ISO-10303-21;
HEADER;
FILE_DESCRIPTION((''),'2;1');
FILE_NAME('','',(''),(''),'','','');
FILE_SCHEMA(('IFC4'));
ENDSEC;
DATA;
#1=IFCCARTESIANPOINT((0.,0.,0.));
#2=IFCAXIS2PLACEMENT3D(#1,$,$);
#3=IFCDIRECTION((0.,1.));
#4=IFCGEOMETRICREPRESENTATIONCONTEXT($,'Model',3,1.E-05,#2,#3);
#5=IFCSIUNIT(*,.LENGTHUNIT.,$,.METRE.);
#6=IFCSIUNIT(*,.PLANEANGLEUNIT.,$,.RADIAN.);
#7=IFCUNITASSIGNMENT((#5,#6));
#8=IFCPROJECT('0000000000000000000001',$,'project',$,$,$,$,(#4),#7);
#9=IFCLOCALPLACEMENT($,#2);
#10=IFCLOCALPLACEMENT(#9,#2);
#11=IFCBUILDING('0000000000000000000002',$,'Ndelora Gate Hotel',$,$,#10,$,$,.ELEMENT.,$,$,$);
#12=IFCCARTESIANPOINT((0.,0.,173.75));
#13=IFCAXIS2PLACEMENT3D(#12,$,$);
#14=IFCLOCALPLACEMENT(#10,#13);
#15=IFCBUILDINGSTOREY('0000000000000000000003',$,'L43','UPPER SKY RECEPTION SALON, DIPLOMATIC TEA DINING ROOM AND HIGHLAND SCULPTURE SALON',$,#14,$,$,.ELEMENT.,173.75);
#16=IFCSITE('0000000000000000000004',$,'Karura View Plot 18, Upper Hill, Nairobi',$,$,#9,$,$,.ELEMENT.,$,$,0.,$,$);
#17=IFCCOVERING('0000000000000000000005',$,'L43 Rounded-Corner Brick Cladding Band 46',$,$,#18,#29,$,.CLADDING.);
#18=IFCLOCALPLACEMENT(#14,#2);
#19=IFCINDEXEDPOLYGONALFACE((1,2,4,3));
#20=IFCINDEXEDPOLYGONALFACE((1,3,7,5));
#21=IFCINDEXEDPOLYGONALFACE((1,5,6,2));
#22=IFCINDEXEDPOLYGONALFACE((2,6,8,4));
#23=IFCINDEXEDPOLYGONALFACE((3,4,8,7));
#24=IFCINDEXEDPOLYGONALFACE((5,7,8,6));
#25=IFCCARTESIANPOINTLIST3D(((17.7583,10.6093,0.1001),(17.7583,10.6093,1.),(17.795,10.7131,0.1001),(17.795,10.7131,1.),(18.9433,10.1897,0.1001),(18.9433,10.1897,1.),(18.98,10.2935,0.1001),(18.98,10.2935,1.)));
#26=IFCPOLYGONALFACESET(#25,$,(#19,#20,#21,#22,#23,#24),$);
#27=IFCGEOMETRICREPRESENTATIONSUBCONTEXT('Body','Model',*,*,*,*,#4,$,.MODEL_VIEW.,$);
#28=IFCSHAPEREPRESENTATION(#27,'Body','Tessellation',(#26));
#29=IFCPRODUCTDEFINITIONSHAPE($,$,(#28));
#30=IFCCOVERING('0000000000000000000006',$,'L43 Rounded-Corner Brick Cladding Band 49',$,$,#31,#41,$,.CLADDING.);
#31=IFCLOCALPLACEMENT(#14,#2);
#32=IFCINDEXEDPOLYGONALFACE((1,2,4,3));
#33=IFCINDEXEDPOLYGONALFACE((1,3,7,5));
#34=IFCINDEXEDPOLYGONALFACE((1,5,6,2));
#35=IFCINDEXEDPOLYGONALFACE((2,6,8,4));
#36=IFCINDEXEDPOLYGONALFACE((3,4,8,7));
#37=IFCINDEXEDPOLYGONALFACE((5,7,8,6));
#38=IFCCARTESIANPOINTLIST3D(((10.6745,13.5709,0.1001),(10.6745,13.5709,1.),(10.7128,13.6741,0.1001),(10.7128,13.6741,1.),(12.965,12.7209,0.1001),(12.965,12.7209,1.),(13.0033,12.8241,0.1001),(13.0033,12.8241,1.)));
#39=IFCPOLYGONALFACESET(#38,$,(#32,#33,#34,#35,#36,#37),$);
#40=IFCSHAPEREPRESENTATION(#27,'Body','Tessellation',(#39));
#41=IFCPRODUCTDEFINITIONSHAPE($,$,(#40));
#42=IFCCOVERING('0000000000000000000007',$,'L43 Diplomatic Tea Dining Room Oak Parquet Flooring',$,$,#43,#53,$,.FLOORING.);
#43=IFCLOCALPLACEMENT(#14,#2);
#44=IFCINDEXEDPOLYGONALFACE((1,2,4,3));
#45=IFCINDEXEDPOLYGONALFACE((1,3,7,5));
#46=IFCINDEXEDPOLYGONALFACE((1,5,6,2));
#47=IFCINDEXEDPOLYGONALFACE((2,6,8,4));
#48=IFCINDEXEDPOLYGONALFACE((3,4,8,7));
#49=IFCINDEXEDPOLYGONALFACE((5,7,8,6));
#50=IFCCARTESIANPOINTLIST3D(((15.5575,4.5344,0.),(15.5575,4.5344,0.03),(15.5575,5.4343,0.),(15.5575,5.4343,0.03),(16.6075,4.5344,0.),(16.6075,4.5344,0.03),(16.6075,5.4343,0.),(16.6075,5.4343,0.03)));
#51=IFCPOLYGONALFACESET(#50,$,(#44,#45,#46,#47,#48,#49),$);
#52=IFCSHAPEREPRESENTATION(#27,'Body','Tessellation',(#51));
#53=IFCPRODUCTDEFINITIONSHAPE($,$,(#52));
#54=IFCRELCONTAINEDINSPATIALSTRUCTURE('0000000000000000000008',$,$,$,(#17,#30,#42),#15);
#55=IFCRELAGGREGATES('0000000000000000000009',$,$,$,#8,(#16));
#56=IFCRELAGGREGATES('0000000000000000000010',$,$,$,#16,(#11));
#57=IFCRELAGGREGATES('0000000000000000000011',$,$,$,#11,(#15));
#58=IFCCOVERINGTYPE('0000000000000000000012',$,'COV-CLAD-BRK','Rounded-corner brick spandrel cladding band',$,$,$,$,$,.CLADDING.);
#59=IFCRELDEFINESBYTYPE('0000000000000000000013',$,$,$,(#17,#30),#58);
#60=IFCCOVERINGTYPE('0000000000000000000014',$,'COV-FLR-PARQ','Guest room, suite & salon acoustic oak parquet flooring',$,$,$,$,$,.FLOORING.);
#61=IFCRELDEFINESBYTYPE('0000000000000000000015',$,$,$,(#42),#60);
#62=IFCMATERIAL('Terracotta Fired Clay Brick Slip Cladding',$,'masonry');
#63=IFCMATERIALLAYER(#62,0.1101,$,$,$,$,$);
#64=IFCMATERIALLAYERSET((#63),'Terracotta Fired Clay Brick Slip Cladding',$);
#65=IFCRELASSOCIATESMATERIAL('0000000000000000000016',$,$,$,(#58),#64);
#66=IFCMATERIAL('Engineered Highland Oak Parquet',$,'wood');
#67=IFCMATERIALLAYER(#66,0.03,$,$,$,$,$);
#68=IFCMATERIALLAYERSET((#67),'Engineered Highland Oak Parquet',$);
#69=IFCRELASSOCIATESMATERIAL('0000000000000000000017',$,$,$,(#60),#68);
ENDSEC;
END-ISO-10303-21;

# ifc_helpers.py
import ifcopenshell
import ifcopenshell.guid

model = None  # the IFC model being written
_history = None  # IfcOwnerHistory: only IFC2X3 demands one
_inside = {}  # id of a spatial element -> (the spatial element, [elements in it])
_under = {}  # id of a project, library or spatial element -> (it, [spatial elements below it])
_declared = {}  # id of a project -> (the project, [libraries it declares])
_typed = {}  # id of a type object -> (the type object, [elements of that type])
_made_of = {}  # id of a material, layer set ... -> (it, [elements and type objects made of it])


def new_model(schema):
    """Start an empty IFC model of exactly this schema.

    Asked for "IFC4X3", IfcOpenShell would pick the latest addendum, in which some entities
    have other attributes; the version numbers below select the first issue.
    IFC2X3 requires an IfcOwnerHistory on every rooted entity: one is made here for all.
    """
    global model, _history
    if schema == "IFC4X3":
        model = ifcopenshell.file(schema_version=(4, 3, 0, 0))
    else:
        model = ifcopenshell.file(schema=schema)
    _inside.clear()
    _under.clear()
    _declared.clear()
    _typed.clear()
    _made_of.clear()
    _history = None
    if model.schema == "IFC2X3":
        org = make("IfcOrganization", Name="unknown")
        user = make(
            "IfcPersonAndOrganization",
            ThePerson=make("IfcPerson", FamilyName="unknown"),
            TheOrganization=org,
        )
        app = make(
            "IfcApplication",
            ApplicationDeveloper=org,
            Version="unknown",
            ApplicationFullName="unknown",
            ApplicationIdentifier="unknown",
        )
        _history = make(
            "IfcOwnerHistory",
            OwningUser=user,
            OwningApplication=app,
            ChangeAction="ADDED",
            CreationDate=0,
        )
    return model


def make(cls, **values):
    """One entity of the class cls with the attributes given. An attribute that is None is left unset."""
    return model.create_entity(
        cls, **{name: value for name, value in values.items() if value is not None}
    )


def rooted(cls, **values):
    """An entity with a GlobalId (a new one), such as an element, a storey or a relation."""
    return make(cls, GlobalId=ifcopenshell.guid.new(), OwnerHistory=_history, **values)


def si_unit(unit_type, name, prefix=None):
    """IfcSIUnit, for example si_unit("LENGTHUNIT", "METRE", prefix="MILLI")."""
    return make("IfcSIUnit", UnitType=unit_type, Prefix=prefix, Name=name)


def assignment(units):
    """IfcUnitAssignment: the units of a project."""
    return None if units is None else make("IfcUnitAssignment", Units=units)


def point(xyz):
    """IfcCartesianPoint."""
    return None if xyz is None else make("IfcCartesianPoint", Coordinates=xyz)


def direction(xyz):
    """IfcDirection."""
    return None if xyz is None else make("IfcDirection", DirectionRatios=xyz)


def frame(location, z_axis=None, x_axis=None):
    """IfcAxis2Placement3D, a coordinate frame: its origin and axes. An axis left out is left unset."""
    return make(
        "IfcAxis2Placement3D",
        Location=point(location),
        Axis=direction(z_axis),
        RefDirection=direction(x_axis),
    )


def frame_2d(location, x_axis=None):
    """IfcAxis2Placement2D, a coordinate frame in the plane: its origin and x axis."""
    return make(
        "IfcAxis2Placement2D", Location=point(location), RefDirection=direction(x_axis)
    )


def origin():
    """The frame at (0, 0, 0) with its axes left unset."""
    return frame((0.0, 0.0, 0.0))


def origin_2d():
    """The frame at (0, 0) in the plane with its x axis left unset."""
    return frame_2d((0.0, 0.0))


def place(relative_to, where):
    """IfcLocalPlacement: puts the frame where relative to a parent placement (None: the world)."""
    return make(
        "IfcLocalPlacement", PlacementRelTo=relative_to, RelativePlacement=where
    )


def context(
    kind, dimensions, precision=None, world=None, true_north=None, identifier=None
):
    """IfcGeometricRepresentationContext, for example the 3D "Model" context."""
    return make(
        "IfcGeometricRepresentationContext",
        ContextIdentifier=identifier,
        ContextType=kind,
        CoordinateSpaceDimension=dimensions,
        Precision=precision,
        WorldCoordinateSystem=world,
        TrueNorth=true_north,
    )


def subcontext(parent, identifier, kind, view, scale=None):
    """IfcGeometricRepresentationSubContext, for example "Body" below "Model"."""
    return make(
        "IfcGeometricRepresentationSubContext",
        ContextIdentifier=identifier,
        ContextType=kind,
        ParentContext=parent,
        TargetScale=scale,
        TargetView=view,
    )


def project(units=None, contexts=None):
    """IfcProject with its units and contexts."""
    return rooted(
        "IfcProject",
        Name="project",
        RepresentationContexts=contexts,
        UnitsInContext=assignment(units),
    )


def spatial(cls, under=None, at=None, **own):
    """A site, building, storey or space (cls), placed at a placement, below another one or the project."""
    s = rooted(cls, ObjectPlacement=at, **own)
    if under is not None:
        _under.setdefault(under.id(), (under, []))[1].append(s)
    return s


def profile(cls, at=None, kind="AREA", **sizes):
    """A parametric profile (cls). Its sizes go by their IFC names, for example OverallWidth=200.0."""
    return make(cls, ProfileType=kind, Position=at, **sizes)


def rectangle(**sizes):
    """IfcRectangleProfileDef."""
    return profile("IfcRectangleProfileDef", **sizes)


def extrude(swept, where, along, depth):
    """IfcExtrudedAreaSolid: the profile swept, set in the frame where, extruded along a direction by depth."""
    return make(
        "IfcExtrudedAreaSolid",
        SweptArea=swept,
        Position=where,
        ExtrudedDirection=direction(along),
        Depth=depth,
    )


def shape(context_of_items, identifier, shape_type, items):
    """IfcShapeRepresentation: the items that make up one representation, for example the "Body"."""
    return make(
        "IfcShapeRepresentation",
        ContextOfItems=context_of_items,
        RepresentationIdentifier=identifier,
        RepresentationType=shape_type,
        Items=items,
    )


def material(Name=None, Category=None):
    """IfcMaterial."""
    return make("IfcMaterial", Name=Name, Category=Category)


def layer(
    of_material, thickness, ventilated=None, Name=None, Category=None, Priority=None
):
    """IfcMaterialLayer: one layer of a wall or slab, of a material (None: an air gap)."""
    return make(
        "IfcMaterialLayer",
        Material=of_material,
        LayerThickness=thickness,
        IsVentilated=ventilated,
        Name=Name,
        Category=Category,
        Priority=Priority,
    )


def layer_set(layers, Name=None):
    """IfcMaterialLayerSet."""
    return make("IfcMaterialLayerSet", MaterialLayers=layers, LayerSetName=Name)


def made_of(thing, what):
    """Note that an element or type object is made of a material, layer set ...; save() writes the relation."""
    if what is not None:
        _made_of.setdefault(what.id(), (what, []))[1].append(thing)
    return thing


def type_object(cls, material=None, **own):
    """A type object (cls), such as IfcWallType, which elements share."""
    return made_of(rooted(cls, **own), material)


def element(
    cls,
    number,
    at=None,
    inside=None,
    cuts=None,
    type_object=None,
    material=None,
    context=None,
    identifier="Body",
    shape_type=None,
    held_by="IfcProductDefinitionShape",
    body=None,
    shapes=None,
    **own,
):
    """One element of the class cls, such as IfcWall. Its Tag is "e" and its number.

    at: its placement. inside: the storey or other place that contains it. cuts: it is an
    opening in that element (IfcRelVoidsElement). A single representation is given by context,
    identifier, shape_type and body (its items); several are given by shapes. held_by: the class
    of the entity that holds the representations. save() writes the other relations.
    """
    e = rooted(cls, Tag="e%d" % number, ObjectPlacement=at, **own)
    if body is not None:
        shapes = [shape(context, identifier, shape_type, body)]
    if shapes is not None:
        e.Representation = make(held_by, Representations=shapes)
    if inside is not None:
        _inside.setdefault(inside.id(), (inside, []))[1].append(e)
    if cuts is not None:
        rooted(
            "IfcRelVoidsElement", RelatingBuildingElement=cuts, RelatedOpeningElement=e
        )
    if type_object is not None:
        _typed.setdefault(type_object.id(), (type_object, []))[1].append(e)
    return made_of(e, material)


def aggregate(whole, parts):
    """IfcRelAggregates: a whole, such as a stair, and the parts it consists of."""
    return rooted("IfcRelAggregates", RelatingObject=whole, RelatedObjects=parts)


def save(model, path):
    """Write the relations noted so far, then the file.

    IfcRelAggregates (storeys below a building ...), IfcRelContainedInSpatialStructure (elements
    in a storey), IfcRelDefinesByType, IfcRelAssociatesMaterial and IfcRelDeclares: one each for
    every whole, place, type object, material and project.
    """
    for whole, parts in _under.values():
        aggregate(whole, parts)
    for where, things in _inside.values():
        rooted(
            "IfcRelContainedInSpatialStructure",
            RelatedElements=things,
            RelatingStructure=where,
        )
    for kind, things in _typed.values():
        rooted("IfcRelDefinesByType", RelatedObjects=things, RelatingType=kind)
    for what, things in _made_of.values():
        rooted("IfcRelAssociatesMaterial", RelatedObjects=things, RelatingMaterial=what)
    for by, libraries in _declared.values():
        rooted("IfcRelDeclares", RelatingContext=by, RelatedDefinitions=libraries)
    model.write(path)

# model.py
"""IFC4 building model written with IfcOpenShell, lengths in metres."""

from ifc_helpers import new_model, si_unit, direction, frame, origin, origin_2d, place, context, subcontext, project, spatial, rectangle, extrude, material, layer, layer_set, type_object, element, save


model = new_model("IFC4")

# Units and contexts
model_context = context("Model", 3, precision=1e-05, world=origin(), true_north=direction((0.0, 1.0)))
body_context = subcontext(model_context, "Body", "Model", "MODEL_VIEW")
ifc_project = project(units=[si_unit("LENGTHUNIT", "METRE"), si_unit("PLANEANGLEUNIT", "RADIAN")], contexts=[model_context])

# Site, building, storey
site_placement = place(None, origin())
site = spatial("IfcSite", under=ifc_project, at=site_placement, Name="Karura View Plot 18, Upper Hill, Nairobi", CompositionType="ELEMENT", RefElevation=0.0)
building_placement = place(site_placement, origin())
building = spatial("IfcBuilding", under=site, at=building_placement, Name="Ndelora Gate Hotel", CompositionType="ELEMENT")
storey_placement = place(building_placement, frame((0.0, 0.0, 173.75)))
storey = spatial("IfcBuildingStorey", under=building, at=storey_placement, Name="L43", Description="UPPER SKY RECEPTION SALON, DIPLOMATIC TEA DINING ROOM AND HIGHLAND SCULPTURE SALON", CompositionType="ELEMENT", Elevation=173.75)

# Coverings
ifc_material_1 = material(Name="Terracotta Fired Clay Brick Slip Cladding", Category="masonry")
ifc_layer_1 = layer(ifc_material_1, 0.1101)
ifc_layer_set_1 = layer_set([ifc_layer_1], Name="Terracotta Fired Clay Brick Slip Cladding")
covering_type_1 = type_object("IfcCoveringType", Name="COV-CLAD-BRK", Description="Rounded-corner brick spandrel cladding band", PredefinedType="CLADDING", material=ifc_layer_set_1)
covering_1_placement = place(storey_placement, frame((18.3691, 10.4514, 0.1001), z_axis=(0.0, 0.0, 1.0), x_axis=(-0.942641, 0.333807, 0.0)))
element("IfcCovering", 1, at=covering_1_placement, inside=storey, type_object=covering_type_1, Name="L43 Rounded-Corner Brick Cladding Band 46", PredefinedType="CLADDING", context=body_context, shape_type="SweptSolid", body=[
    extrude(rectangle(XDim=1.2571, YDim=0.1101, at=origin_2d()), origin(), (0.0, 0.0, 1.0), 0.8999),
])
covering_2_placement = place(storey_placement, frame((11.8389, 13.1975, 0.1001), z_axis=(0.0, 0.0, 1.0), x_axis=(-0.937525, 0.347918, 0.0)))
element("IfcCovering", 2, at=covering_2_placement, inside=storey, type_object=covering_type_1, Name="L43 Rounded-Corner Brick Cladding Band 49", PredefinedType="CLADDING", context=body_context, shape_type="SweptSolid", body=[
    extrude(rectangle(XDim=2.4431, YDim=0.1101, at=origin_2d()), origin(), (0.0, 0.0, 1.0), 0.8999),
])
ifc_material_2 = material(Name="Engineered Highland Oak Parquet", Category="wood")
ifc_layer_2 = layer(ifc_material_2, 0.03)
ifc_layer_set_2 = layer_set([ifc_layer_2], Name="Engineered Highland Oak Parquet")
covering_type_2 = type_object("IfcCoveringType", Name="COV-FLR-PARQ", Description="Guest room, suite & salon acoustic oak parquet flooring", PredefinedType="FLOORING", material=ifc_layer_set_2)
covering_3_placement = place(storey_placement, frame((16.0825, 4.9844, 0.0), z_axis=(0.0, 0.0, 1.0), x_axis=(1.0, 0.0, 0.0)))
element("IfcCovering", 3, at=covering_3_placement, inside=storey, type_object=covering_type_2, Name="L43 Diplomatic Tea Dining Room Oak Parquet Flooring", PredefinedType="FLOORING", context=body_context, shape_type="SweptSolid", body=[
    extrude(rectangle(XDim=1.05, YDim=0.8999, at=origin_2d()), origin(), (0.0, 0.0, 1.0), 0.03),
])

save(model, "model.ifc")
